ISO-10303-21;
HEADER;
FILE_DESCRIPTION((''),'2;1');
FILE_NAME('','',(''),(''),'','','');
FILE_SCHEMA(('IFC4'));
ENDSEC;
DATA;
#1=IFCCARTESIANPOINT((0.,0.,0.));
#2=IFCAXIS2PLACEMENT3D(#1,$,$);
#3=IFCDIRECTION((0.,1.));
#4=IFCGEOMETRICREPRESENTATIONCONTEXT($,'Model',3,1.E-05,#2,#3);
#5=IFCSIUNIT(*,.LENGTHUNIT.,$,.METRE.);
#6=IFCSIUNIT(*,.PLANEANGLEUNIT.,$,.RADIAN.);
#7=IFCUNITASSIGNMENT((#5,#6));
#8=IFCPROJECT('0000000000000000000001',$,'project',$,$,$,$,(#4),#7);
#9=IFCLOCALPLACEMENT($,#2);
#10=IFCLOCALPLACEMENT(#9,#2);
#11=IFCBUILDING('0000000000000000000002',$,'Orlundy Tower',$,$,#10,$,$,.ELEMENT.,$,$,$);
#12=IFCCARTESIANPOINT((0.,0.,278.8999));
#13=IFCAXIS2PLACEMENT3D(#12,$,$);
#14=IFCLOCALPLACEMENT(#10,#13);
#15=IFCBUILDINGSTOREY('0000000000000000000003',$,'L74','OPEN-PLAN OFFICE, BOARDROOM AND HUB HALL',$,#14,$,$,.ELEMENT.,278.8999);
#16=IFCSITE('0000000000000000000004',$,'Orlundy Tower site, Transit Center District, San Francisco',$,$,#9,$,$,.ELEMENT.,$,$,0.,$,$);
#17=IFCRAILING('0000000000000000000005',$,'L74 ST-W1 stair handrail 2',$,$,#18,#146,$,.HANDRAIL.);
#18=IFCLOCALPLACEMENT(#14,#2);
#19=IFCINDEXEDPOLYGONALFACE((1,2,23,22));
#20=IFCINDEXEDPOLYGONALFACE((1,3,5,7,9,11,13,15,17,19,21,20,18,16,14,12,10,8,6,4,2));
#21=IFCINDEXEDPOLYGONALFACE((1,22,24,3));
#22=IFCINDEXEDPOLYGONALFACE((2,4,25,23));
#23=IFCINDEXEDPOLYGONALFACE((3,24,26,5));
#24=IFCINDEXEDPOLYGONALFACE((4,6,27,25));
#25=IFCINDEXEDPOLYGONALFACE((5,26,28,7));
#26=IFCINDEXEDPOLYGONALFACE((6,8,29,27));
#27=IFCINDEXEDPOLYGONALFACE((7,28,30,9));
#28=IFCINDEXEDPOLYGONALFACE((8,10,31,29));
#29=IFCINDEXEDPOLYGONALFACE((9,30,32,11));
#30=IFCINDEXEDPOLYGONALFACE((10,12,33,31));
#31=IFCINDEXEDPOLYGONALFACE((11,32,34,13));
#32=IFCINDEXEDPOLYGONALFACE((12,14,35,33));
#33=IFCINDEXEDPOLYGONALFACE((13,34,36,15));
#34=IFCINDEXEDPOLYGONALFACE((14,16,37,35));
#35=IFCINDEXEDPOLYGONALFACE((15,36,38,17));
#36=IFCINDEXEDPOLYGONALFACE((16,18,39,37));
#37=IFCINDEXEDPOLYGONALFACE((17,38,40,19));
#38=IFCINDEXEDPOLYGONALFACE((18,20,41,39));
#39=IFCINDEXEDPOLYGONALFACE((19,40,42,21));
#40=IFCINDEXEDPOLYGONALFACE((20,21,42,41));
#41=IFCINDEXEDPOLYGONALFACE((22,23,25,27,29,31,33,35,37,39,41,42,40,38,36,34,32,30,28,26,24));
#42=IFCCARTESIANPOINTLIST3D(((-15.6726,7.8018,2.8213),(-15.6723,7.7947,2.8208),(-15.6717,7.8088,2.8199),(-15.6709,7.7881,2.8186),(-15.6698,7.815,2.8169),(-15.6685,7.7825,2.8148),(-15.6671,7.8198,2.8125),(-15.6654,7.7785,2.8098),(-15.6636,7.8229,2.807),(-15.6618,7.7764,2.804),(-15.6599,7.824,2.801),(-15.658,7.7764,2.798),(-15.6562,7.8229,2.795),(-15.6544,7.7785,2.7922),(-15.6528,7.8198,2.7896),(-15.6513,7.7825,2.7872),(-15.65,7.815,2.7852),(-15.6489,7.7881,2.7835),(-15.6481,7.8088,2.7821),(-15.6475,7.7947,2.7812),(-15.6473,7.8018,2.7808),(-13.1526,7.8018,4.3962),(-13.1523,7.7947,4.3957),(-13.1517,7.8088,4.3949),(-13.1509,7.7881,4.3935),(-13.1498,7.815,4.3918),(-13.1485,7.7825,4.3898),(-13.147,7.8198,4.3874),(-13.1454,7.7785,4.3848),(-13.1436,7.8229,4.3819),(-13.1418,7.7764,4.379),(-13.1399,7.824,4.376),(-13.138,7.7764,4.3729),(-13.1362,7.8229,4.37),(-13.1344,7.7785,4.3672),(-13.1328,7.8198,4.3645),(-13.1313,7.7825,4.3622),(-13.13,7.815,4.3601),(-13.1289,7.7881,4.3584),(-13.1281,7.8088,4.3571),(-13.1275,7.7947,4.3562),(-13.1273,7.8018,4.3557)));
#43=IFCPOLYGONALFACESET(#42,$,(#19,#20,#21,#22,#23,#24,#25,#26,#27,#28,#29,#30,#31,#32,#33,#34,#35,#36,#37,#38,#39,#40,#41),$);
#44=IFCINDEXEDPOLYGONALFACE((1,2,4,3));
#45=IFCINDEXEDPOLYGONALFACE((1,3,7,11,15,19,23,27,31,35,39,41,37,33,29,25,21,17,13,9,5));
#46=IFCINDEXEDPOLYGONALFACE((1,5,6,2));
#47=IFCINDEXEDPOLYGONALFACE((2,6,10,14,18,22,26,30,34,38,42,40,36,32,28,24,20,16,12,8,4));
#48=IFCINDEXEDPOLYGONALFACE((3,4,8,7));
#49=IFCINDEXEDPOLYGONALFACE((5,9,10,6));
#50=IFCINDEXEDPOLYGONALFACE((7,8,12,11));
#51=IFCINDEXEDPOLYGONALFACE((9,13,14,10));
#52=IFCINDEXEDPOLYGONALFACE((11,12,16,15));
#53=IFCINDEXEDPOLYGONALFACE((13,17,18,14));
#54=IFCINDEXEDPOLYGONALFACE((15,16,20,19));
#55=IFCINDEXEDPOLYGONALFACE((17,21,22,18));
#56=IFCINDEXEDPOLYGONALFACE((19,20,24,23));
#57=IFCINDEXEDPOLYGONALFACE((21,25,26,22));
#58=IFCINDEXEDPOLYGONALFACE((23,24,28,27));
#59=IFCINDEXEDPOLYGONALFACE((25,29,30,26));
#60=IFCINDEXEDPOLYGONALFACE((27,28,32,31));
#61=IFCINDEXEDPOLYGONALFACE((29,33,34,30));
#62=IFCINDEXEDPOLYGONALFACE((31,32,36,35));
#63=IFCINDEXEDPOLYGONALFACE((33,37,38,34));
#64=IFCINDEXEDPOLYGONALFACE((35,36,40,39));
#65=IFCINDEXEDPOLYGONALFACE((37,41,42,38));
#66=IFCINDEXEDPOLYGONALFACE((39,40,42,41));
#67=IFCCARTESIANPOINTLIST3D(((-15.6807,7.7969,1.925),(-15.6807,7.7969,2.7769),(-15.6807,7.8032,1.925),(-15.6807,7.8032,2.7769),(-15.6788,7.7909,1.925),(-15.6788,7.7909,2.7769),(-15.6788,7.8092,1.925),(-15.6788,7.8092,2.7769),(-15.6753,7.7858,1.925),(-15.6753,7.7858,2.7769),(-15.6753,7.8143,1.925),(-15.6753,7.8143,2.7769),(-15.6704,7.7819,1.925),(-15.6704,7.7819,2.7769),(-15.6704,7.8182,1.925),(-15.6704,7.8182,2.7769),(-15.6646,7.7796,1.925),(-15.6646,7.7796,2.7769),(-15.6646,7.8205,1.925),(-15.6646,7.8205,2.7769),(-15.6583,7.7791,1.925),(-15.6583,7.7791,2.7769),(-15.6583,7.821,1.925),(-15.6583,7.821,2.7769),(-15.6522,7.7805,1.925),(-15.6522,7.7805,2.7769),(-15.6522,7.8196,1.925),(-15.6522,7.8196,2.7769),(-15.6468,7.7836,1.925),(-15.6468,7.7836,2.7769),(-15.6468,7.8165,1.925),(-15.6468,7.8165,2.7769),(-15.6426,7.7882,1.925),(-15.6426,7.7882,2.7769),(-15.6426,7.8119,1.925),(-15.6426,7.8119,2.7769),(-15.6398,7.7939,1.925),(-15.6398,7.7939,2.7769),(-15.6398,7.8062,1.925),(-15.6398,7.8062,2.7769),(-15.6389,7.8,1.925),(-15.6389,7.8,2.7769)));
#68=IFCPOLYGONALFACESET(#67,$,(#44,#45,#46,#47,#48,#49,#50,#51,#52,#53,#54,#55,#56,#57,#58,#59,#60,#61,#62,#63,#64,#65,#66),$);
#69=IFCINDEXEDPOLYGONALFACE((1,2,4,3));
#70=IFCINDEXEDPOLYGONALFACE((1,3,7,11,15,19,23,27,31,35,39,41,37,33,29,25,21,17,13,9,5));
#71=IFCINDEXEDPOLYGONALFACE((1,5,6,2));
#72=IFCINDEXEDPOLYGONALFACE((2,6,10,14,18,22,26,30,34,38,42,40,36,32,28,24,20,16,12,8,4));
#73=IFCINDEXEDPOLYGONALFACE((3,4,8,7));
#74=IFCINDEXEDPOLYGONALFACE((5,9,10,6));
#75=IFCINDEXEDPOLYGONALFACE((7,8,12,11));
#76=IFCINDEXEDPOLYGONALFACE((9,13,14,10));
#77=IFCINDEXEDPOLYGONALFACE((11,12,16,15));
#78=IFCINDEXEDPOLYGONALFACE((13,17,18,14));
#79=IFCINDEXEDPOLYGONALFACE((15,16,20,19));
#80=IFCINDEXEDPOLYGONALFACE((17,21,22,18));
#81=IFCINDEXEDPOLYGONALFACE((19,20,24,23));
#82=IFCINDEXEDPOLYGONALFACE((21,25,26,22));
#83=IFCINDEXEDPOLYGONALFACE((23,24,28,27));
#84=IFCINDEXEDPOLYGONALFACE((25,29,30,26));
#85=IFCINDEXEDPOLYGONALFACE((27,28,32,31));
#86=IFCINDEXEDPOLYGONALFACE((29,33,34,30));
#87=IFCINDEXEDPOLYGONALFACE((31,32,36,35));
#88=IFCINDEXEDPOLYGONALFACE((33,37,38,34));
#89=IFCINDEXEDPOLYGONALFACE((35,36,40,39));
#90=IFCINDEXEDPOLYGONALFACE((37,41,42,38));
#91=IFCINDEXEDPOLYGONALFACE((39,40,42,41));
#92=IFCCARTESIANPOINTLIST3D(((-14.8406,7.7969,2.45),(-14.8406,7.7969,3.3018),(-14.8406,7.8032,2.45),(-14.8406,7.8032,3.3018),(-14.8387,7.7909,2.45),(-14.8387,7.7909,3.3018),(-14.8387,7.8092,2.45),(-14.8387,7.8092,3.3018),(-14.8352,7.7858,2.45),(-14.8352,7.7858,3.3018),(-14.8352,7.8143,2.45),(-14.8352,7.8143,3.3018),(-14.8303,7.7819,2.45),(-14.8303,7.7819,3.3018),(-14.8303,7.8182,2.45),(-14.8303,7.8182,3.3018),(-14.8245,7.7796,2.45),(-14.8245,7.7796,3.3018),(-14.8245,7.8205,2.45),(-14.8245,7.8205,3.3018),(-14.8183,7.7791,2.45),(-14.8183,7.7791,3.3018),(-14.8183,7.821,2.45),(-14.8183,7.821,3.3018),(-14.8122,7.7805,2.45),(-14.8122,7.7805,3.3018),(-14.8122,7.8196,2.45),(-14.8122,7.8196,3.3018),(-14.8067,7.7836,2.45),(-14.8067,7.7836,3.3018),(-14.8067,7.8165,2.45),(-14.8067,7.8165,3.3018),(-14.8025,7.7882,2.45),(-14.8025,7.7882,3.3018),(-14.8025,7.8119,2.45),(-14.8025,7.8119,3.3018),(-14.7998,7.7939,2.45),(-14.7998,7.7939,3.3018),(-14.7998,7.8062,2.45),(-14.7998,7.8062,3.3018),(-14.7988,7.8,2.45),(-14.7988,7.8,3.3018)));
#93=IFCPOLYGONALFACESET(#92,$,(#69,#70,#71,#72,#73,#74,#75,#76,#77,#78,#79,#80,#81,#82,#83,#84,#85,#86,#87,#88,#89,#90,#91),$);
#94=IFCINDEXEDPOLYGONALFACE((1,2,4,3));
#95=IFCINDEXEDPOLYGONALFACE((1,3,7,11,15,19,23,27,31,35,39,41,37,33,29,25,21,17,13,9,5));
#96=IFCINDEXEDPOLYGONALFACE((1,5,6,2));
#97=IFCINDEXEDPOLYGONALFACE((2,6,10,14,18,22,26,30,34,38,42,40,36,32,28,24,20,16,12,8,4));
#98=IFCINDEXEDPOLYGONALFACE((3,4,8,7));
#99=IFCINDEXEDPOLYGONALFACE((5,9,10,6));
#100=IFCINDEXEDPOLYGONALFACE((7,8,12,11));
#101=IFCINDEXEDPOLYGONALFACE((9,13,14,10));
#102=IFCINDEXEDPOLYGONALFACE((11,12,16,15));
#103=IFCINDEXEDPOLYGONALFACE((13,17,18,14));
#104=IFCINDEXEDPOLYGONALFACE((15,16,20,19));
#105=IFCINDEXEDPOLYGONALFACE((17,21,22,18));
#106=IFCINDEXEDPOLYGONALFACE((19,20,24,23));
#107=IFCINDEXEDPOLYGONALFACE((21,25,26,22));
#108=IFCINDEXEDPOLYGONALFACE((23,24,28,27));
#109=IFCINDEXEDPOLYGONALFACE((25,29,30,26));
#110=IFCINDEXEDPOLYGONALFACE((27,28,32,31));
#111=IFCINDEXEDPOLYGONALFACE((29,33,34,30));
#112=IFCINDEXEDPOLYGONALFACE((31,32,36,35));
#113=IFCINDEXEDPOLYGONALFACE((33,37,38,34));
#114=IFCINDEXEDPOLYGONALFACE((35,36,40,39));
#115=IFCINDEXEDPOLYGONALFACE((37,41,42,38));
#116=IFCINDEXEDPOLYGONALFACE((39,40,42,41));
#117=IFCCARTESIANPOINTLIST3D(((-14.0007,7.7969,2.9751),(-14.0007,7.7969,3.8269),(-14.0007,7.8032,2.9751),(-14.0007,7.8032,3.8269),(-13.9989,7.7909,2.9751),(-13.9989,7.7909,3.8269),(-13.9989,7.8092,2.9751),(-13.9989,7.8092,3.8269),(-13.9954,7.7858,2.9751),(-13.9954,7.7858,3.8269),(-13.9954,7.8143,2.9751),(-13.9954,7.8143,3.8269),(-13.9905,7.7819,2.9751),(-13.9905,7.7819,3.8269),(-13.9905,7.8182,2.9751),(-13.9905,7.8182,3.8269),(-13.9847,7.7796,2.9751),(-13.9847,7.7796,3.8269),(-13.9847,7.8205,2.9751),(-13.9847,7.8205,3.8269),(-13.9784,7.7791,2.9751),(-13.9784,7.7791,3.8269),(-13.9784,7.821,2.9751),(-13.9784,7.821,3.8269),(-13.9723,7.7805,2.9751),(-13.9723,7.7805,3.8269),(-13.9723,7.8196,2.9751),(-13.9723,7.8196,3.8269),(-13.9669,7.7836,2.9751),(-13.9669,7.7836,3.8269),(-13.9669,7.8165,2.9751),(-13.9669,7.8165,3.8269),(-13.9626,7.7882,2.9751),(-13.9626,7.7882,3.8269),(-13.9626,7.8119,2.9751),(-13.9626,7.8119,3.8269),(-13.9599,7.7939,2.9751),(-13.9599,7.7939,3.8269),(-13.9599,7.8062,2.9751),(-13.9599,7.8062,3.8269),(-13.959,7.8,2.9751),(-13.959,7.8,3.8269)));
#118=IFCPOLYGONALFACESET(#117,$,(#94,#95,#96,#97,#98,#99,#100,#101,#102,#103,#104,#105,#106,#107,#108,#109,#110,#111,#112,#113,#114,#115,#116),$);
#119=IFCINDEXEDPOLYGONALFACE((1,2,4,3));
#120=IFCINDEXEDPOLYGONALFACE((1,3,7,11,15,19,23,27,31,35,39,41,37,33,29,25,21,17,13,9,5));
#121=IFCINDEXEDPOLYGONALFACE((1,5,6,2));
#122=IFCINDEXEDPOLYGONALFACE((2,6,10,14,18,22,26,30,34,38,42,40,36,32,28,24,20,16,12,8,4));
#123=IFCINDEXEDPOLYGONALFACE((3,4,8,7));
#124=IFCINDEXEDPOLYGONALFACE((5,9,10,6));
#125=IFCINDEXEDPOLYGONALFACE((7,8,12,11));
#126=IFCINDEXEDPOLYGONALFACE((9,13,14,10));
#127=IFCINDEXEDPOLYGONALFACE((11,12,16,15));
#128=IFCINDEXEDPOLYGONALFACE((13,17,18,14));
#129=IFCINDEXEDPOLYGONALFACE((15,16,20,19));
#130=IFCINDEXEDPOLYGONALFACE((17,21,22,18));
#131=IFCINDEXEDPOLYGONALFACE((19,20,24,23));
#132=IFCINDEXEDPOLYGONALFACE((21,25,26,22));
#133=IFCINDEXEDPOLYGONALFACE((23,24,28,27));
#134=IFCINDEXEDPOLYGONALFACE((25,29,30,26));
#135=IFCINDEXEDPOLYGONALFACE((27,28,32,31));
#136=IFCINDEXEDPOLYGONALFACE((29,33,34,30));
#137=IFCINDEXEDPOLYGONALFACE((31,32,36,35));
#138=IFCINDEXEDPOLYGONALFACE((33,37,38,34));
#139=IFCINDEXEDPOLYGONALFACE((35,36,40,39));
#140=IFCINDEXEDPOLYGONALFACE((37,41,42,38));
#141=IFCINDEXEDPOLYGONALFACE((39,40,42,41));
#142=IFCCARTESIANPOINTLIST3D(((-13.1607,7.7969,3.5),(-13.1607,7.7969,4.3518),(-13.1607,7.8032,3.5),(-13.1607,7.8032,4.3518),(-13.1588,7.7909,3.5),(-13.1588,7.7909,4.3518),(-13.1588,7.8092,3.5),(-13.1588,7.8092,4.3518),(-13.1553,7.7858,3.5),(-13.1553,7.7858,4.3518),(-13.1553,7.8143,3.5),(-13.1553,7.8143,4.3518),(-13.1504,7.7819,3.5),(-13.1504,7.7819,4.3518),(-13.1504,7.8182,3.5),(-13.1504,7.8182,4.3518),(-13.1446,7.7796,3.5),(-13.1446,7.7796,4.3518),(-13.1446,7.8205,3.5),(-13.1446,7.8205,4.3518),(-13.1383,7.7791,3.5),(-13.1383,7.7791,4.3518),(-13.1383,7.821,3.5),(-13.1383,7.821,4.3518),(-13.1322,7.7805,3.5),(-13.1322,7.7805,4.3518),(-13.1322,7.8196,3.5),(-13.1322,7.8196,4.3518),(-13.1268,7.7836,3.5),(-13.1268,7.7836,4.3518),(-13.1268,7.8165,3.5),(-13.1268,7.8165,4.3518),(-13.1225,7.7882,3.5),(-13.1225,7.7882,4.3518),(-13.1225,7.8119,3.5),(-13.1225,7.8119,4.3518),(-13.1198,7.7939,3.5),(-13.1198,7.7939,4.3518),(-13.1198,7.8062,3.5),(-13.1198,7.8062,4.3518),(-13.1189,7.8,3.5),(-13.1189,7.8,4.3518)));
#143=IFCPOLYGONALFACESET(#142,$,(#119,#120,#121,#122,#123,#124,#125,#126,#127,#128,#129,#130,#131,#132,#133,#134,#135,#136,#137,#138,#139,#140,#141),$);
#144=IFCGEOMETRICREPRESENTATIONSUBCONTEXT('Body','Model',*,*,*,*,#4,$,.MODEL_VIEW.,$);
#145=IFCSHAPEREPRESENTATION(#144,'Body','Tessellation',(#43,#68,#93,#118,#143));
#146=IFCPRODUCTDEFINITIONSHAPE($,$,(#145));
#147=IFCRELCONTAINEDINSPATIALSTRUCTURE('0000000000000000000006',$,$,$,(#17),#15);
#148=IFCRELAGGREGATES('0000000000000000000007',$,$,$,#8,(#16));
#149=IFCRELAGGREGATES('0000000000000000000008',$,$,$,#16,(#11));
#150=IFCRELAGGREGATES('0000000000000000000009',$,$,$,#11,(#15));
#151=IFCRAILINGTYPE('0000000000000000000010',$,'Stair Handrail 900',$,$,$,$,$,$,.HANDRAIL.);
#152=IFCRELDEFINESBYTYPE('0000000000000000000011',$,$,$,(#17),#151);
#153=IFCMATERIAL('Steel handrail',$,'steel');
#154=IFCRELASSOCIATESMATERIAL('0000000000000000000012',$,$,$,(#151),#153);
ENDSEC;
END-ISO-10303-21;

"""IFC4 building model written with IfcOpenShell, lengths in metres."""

from ifc_helpers import new_model, si_unit, direction, frame, origin, origin_2d, place, context, subcontext, project, spatial, circle, extrude, material, type_object, element, save


model = new_model("IFC4")

# Units and contexts
model_context = context("Model", 3, precision=1e-05, world=origin(), true_north=direction((0.0, 1.0)))
body_context = subcontext(model_context, "Body", "Model", "MODEL_VIEW")
ifc_project = project(units=[si_unit("LENGTHUNIT", "METRE"), si_unit("PLANEANGLEUNIT", "RADIAN")], contexts=[model_context])

# Site, building, storey
site_placement = place(None, origin())
site = spatial("IfcSite", under=ifc_project, at=site_placement, Name="Orlundy Tower site, Transit Center District, San Francisco", CompositionType="ELEMENT", RefElevation=0.0)
building_placement = place(site_placement, origin())
building = spatial("IfcBuilding", under=site, at=building_placement, Name="Orlundy Tower", CompositionType="ELEMENT")
storey_placement = place(building_placement, frame((0.0, 0.0, 278.8999)))
storey = spatial("IfcBuildingStorey", under=building, at=storey_placement, Name="L74", Description="OPEN-PLAN OFFICE, BOARDROOM AND HUB HALL", CompositionType="ELEMENT", Elevation=278.8999)

# Railing
ifc_material_1 = material(Name="Steel handrail", Category="steel")
railing_type_1 = type_object("IfcRailingType", Name="Stair Handrail 900", PredefinedType="HANDRAIL", material=ifc_material_1)
railing_1_placement = place(storey_placement, frame((-15.6599, 7.8, 1.925)))
element("IfcRailing", 1, at=railing_1_placement, inside=storey, type_object=railing_type_1, Name="L74 ST-W1 stair handrail 2", PredefinedType="HANDRAIL", context=body_context, shape_type="SweptSolid", body=[
    extrude(circle(Radius=0.0239, at=origin_2d()), frame((0.0, 0.0, 0.876), z_axis=(0.848008, 0.0, 0.529984), x_axis=(0.0, 1.0, 0.0)), (0.0, 0.0, 1.0), 2.9717),
    extrude(circle(Radius=0.021, at=origin_2d()), origin(), (0.0, 0.0, 1.0), 0.8518),
    extrude(circle(Radius=0.021, at=origin_2d()), frame((0.8401, 0.0, 0.5249)), (0.0, 0.0, 1.0), 0.8518),
    extrude(circle(Radius=0.021, at=origin_2d()), frame((1.6799, 0.0, 1.05)), (0.0, 0.0, 1.0), 0.8518),
    extrude(circle(Radius=0.021, at=origin_2d()), frame((2.52, 0.0, 1.575)), (0.0, 0.0, 1.0), 0.8518),
])

save(model, "model.ifc")
